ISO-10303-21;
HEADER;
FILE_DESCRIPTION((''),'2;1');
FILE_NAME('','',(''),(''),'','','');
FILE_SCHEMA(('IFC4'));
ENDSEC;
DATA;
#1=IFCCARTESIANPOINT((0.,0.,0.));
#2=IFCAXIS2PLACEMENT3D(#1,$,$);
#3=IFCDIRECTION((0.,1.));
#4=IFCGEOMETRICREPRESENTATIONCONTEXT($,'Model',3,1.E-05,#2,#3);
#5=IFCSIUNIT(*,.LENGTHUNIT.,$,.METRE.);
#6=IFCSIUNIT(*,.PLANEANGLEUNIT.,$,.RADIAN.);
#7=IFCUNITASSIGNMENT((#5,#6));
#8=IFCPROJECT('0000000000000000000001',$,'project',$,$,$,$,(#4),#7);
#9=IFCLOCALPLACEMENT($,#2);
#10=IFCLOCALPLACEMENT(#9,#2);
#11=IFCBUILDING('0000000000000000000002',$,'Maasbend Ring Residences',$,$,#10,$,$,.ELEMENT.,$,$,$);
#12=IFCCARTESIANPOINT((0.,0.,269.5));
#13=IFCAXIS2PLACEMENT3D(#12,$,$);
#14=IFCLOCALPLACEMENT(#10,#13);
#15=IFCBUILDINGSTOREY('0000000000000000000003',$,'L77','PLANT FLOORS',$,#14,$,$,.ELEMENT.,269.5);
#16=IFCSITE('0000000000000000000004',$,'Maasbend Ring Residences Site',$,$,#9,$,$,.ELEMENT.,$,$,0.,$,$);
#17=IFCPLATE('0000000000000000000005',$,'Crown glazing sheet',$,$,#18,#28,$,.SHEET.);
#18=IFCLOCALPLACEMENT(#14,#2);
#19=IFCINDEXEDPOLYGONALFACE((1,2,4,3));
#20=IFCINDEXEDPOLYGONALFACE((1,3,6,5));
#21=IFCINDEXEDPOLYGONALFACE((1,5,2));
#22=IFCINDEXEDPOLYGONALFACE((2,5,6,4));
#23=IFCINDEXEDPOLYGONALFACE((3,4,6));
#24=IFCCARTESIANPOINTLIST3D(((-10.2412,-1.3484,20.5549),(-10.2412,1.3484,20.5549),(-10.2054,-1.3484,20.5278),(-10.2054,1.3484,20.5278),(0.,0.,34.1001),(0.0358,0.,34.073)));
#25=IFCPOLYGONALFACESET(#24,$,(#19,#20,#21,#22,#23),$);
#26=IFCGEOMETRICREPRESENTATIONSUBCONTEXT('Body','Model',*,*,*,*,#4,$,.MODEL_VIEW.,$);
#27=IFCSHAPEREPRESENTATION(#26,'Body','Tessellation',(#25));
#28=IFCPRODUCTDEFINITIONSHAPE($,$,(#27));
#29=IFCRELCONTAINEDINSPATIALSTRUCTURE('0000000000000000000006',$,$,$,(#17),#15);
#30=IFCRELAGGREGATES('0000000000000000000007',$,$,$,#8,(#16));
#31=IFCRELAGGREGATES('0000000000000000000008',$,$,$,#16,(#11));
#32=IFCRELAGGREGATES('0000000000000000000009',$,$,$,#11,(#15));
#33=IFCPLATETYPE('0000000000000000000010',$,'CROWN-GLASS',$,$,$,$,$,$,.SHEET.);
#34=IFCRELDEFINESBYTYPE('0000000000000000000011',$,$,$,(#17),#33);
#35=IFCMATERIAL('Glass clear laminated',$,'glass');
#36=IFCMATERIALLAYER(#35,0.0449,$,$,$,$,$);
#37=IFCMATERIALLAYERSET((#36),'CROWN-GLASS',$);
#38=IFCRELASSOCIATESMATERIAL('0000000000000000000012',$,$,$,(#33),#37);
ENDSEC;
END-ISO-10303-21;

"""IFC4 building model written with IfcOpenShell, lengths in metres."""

from ifc_helpers import new_model, si_unit, direction, frame, origin, place, context, subcontext, project, spatial, polyline, outline, extrude, material, layer, layer_set, type_object, element, save


model = new_model("IFC4")

# Units and contexts
model_context = context("Model", 3, precision=1e-05, world=origin(), true_north=direction((0.0, 1.0)))
body_context = subcontext(model_context, "Body", "Model", "MODEL_VIEW")
ifc_project = project(units=[si_unit("LENGTHUNIT", "METRE"), si_unit("PLANEANGLEUNIT", "RADIAN")], contexts=[model_context])

# Site, building, storey
site_placement = place(None, origin())
site = spatial("IfcSite", under=ifc_project, at=site_placement, Name="Maasbend Ring Residences Site", CompositionType="ELEMENT", RefElevation=0.0)
building_placement = place(site_placement, origin())
building = spatial("IfcBuilding", under=site, at=building_placement, Name="Maasbend Ring Residences", CompositionType="ELEMENT")
storey_placement = place(building_placement, frame((0.0, 0.0, 269.5)))
storey = spatial("IfcBuildingStorey", under=building, at=storey_placement, Name="L77", Description="PLANT FLOORS", CompositionType="ELEMENT", Elevation=269.5)

# Plate
ifc_material_1 = material(Name="Glass clear laminated", Category="glass")
ifc_layer_1 = layer(ifc_material_1, 0.0449)
ifc_layer_set_1 = layer_set([ifc_layer_1], Name="CROWN-GLASS")
plate_type_1 = type_object("IfcPlateType", Name="CROWN-GLASS", PredefinedType="SHEET", material=ifc_layer_set_1)
plate_1_placement = place(storey_placement, frame((-10.2412, 1.3484, 20.5549), z_axis=(-0.797667, 0.0, 0.603099), x_axis=(0.0, -1.0, 0.0)))
element("IfcPlate", 1, at=plate_1_placement, inside=storey, type_object=plate_type_1, Name="Crown glazing sheet", PredefinedType="SHEET", context=body_context, shape_type="SweptSolid", body=[
    extrude(outline(polyline([(0.0, 0.0), (2.6968, 0.0), (1.3484, 16.981), (0.0, 0.0)])), origin(), (0.0, 0.0, -1.0), 0.0449),
])

save(model, "model.ifc")
